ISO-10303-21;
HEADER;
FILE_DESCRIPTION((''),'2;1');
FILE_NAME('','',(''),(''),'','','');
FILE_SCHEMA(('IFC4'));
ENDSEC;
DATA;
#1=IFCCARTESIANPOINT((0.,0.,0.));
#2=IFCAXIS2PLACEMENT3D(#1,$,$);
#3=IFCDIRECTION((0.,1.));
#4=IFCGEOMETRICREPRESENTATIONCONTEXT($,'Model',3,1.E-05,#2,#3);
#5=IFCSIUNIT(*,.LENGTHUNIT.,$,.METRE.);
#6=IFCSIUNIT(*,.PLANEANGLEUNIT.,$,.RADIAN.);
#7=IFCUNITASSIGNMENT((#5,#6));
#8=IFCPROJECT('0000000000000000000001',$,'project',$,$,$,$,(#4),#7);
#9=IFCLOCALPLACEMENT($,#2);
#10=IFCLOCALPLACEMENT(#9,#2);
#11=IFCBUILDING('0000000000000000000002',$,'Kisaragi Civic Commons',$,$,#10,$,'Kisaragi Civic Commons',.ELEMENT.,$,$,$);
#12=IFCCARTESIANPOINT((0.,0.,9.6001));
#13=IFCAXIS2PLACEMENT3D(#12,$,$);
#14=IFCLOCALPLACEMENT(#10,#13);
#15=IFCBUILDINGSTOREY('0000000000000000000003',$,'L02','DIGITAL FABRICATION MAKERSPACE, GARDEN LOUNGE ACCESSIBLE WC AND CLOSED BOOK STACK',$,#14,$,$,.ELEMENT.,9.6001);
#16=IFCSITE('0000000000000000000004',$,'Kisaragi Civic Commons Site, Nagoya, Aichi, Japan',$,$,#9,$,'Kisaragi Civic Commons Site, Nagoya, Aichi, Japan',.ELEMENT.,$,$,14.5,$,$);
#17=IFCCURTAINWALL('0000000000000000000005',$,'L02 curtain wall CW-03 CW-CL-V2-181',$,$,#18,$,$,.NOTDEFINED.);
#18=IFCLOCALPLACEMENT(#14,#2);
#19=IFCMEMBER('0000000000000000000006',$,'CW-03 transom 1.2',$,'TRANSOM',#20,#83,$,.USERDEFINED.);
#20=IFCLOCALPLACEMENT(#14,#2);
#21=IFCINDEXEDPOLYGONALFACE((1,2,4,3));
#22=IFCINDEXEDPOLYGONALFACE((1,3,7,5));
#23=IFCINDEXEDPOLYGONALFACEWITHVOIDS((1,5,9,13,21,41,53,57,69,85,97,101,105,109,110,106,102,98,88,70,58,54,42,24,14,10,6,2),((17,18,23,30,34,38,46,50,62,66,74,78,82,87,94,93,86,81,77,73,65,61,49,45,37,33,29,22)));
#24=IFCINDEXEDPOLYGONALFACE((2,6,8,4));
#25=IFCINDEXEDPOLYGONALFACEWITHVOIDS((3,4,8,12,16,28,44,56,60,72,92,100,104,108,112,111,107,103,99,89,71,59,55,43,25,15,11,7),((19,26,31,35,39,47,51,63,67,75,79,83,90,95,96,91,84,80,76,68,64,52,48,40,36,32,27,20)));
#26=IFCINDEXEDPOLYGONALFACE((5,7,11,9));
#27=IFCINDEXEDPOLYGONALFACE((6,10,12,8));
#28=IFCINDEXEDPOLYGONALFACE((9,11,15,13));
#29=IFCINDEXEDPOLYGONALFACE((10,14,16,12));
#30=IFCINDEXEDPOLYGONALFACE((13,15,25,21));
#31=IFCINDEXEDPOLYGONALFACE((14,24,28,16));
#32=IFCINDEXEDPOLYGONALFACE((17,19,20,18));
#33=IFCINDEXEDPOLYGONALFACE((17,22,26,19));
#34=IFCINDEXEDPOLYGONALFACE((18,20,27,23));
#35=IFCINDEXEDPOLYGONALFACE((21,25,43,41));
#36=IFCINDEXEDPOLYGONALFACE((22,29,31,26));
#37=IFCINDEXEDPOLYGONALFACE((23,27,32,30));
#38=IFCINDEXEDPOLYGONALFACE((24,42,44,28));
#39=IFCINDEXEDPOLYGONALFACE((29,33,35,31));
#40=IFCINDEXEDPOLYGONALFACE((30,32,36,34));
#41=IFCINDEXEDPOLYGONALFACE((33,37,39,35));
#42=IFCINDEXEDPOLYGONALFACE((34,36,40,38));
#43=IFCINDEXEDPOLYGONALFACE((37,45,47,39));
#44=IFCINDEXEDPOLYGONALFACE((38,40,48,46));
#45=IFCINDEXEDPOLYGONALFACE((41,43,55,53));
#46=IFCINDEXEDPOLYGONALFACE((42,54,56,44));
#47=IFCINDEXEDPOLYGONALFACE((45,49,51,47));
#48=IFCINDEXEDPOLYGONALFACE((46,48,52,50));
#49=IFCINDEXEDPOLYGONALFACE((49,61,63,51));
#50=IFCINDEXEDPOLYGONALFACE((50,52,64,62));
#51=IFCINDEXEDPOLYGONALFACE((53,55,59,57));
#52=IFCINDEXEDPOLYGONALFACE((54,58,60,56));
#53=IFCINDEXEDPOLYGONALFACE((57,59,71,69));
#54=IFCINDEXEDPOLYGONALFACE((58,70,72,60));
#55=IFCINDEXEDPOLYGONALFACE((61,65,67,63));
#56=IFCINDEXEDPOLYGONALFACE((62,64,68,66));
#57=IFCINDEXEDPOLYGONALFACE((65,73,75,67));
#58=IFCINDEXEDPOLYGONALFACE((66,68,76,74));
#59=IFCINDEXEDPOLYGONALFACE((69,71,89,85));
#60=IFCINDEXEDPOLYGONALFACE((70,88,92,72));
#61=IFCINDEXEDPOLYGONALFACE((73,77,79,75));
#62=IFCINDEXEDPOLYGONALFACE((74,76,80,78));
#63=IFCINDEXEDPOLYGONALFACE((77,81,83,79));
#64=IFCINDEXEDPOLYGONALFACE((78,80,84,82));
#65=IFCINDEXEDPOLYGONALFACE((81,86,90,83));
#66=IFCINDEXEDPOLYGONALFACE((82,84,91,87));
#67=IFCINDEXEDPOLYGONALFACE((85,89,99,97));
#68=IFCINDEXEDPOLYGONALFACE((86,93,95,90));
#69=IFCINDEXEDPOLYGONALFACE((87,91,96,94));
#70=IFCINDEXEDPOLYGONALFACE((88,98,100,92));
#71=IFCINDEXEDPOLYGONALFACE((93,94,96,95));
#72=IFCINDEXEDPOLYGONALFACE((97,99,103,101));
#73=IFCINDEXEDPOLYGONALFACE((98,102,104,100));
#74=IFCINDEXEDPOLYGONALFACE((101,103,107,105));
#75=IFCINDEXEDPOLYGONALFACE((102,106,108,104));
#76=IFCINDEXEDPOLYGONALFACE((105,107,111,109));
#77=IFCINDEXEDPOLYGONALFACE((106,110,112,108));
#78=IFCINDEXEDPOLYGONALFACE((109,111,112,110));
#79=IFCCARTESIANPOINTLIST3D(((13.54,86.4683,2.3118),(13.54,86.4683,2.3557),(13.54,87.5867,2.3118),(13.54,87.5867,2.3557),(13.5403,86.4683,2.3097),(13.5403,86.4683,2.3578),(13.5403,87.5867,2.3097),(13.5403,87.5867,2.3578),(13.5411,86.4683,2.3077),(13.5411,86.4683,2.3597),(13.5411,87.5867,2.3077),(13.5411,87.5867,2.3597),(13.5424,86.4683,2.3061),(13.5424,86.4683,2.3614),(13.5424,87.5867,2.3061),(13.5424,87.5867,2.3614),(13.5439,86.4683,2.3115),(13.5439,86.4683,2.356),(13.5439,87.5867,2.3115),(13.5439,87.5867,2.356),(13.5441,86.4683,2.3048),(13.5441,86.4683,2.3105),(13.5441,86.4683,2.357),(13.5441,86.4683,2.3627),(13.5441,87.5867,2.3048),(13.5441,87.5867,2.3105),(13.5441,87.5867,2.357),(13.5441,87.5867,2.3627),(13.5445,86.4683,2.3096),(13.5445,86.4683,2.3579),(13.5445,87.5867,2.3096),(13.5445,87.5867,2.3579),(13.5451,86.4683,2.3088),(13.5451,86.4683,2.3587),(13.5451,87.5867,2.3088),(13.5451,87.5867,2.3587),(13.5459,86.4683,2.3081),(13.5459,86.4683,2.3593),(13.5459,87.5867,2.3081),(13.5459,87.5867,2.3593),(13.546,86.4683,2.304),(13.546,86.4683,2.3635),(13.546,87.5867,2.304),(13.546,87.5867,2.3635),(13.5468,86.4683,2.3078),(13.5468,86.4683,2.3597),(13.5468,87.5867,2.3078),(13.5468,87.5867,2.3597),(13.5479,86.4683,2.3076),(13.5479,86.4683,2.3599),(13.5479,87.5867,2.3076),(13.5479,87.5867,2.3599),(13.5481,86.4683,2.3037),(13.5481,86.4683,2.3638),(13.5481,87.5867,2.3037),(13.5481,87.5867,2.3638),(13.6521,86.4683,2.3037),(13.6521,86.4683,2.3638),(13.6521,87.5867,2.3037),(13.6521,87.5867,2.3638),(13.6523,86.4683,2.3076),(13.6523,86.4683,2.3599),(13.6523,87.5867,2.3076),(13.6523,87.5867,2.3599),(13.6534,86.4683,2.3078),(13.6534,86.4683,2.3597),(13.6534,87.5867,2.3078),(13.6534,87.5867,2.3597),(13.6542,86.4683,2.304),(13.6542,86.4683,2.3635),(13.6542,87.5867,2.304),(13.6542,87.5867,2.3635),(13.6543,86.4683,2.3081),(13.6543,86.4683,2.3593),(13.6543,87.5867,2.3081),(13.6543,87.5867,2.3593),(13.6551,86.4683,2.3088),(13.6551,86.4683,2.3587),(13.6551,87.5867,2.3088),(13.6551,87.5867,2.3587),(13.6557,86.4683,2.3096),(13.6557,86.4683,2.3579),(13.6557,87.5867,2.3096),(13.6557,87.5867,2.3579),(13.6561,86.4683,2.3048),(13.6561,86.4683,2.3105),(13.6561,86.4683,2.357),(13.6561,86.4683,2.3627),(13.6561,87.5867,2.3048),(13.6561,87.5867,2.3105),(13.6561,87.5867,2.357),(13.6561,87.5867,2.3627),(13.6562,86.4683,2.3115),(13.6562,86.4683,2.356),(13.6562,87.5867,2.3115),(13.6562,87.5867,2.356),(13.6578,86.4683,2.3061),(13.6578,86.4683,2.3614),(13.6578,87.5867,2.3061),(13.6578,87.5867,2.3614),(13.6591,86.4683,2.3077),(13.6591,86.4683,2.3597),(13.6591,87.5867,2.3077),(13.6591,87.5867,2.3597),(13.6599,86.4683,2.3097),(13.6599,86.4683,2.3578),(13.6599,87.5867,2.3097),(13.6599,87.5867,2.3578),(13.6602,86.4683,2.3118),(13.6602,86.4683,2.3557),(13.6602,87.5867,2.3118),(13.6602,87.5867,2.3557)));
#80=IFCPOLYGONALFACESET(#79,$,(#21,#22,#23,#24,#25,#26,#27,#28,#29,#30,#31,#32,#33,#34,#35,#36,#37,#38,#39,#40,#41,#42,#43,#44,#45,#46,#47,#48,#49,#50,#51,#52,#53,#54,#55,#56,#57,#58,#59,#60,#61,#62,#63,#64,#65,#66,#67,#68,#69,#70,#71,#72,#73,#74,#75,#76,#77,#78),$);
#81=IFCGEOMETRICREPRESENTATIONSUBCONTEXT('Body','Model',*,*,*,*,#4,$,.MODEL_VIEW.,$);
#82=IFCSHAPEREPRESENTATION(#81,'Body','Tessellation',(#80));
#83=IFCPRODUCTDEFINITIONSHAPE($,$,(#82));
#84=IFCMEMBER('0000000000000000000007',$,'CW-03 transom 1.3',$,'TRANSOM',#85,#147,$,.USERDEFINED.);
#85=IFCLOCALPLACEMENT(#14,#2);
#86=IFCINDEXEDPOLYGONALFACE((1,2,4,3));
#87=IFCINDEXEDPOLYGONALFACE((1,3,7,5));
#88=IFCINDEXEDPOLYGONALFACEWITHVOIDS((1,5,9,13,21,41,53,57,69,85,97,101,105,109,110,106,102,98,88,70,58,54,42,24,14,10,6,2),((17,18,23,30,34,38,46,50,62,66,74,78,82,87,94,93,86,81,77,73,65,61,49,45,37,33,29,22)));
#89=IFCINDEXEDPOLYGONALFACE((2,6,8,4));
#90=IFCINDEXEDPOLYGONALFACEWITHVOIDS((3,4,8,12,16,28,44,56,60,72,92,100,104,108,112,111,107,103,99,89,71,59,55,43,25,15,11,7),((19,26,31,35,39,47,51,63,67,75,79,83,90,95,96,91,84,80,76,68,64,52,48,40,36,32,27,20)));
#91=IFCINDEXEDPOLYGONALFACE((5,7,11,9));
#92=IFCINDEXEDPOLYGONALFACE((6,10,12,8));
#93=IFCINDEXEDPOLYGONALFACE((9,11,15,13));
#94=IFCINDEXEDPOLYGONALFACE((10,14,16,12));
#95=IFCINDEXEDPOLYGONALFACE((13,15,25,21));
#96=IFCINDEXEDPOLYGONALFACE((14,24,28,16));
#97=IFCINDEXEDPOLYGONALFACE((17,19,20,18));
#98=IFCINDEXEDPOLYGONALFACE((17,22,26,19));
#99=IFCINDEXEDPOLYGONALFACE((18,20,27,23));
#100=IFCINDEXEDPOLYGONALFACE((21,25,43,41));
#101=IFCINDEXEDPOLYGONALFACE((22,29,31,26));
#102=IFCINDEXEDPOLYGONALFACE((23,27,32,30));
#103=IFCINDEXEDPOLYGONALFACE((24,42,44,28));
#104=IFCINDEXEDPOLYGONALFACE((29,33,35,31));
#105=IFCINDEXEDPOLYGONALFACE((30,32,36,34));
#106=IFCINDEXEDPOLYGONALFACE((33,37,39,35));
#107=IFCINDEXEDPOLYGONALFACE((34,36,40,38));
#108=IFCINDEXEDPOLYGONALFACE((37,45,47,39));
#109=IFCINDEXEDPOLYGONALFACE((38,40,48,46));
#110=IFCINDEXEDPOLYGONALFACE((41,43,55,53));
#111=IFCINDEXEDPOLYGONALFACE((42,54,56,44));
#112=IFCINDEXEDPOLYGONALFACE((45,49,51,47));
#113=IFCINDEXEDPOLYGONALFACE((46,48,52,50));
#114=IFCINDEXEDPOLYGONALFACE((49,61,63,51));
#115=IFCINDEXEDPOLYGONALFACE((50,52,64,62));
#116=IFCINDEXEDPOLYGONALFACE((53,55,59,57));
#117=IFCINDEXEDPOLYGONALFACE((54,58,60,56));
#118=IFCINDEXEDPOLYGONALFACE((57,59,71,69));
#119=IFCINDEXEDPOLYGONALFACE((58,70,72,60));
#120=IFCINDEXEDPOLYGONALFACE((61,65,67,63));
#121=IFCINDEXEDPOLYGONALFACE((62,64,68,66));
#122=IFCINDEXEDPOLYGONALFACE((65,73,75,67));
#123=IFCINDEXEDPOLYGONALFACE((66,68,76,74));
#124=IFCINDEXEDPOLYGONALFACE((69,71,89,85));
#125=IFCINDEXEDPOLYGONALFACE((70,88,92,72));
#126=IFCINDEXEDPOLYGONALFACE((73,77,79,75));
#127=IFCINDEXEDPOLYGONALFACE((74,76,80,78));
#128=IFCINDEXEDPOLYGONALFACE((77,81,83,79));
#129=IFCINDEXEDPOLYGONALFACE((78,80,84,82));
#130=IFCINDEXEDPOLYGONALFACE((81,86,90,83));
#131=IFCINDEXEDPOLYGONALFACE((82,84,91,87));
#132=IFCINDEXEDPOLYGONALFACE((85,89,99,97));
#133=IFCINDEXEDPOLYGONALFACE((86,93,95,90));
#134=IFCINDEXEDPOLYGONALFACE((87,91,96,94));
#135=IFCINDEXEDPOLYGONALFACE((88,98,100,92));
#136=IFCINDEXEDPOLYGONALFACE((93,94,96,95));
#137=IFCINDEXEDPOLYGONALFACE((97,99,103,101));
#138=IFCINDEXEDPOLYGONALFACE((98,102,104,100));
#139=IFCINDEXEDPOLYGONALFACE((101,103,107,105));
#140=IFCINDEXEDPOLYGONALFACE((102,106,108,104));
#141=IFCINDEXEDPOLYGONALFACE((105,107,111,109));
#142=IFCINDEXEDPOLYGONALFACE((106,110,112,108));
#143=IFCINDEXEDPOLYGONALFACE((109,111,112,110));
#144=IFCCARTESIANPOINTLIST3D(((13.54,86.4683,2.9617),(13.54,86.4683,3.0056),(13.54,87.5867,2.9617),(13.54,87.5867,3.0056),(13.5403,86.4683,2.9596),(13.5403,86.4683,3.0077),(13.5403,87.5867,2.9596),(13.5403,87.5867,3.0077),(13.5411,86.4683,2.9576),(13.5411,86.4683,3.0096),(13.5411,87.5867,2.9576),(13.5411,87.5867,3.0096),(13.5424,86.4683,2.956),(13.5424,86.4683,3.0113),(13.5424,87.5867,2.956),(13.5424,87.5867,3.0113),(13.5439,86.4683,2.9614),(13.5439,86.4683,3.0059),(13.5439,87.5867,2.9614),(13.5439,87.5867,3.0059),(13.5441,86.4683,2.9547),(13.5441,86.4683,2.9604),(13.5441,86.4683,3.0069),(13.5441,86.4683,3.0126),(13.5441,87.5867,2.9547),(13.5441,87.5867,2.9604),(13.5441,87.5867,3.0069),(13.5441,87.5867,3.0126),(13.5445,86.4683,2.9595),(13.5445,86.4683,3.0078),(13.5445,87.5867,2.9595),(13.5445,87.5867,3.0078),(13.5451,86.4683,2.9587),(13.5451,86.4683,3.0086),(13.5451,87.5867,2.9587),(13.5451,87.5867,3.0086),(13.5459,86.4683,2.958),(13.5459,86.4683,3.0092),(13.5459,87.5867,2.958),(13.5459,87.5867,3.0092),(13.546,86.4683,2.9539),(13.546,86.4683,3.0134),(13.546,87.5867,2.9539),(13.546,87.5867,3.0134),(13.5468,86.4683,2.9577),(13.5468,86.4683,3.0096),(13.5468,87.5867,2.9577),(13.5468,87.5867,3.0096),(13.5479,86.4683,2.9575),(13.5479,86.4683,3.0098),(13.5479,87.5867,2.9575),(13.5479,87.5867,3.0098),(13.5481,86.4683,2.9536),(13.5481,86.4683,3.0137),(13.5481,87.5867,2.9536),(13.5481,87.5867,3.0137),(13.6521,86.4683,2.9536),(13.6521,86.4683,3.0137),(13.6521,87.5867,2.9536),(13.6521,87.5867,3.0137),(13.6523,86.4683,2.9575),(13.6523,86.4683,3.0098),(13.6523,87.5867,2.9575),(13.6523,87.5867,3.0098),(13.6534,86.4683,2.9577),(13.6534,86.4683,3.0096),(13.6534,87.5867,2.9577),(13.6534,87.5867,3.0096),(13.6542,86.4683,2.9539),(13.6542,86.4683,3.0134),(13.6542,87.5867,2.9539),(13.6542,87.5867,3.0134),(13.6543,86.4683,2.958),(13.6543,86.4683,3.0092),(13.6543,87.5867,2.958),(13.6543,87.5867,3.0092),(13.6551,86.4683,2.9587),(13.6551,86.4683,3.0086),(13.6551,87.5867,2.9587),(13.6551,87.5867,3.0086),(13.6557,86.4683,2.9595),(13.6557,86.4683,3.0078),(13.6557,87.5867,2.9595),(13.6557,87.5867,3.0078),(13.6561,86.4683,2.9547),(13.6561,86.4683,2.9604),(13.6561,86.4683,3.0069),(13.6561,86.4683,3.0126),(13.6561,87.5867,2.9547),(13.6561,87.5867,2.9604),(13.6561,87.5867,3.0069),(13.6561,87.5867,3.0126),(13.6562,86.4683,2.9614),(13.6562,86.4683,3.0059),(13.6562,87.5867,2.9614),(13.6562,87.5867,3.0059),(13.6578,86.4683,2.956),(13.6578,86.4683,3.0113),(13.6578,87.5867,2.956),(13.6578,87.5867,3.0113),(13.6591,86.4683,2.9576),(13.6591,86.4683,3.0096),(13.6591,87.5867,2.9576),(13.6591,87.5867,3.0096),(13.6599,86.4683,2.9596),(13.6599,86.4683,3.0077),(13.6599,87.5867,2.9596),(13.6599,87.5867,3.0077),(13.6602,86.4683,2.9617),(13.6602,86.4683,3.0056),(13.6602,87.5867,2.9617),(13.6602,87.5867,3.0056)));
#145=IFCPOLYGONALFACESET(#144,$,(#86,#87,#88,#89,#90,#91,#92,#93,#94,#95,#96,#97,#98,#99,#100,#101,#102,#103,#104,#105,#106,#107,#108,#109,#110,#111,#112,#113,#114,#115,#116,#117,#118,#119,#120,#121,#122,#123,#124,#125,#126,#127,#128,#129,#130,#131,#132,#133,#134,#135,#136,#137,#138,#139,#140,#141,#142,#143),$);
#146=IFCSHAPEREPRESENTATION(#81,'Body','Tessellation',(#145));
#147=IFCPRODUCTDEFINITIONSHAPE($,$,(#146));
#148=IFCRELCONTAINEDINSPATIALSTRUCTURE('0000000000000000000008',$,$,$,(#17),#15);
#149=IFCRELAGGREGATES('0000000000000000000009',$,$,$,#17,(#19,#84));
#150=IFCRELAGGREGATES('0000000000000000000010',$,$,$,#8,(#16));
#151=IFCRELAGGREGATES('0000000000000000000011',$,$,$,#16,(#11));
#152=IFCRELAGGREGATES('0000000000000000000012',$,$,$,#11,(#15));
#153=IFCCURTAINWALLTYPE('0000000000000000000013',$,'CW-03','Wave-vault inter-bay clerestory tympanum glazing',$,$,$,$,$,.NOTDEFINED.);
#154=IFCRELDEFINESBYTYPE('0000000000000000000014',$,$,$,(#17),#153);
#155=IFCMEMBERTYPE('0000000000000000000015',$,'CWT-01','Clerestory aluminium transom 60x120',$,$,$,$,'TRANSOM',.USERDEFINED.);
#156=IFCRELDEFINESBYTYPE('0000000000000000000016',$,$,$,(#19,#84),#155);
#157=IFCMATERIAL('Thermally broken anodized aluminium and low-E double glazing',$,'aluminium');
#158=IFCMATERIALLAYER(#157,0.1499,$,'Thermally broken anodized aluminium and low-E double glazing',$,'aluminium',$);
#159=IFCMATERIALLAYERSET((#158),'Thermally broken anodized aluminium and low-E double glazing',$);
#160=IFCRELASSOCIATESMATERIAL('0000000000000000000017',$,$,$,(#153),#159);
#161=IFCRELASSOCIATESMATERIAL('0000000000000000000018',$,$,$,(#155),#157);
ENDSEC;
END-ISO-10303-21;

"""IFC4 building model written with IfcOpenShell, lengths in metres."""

from ifc_helpers import new_model, si_unit, direction, frame, origin, origin_2d, place, context, subcontext, project, spatial, hollow_rectangle, extrude, material, layer, layer_set, material_profile, profile_set, type_object, element, aggregate, save


model = new_model("IFC4")

# Units and contexts
model_context = context("Model", 3, precision=1e-05, world=origin(), true_north=direction((0.0, 1.0)))
body_context = subcontext(model_context, "Body", "Model", "MODEL_VIEW")
ifc_project = project(units=[si_unit("LENGTHUNIT", "METRE"), si_unit("PLANEANGLEUNIT", "RADIAN")], contexts=[model_context])

# Site, building, storey
site_placement = place(None, origin())
site = spatial("IfcSite", under=ifc_project, at=site_placement, Name="Kisaragi Civic Commons Site, Nagoya, Aichi, Japan", LongName="Kisaragi Civic Commons Site, Nagoya, Aichi, Japan", CompositionType="ELEMENT", RefElevation=14.5)
building_placement = place(site_placement, origin())
building = spatial("IfcBuilding", under=site, at=building_placement, Name="Kisaragi Civic Commons", LongName="Kisaragi Civic Commons", CompositionType="ELEMENT")
storey_placement = place(building_placement, frame((0.0, 0.0, 9.6001)))
storey = spatial("IfcBuildingStorey", under=building, at=storey_placement, Name="L02", Description="DIGITAL FABRICATION MAKERSPACE, GARDEN LOUNGE ACCESSIBLE WC AND CLOSED BOOK STACK", CompositionType="ELEMENT", Elevation=9.6001)

# Curtain wall
ifc_material_1 = material(Name="Thermally broken anodized aluminium and low-E double glazing", Category="aluminium")
ifc_layer_1 = layer(ifc_material_1, 0.1499, Name="Thermally broken anodized aluminium and low-E double glazing", Category="aluminium")
ifc_layer_set_1 = layer_set([ifc_layer_1], Name="Thermally broken anodized aluminium and low-E double glazing")
curtain_wall_type = type_object("IfcCurtainWallType", Name="CW-03", Description="Wave-vault inter-bay clerestory tympanum glazing", PredefinedType="NOTDEFINED", material=ifc_layer_set_1)
curtain_wall_1_placement = place(storey_placement, origin())
curtain_wall_1 = element("IfcCurtainWall", 1, at=curtain_wall_1_placement, inside=storey, type_object=curtain_wall_type, Name="L02 curtain wall CW-03 CW-CL-V2-181", PredefinedType="NOTDEFINED")

# Members
ifc_material_profile_1 = material_profile(ifc_material_1, hollow_rectangle(XDim=0.1201, YDim=0.0601, WallThickness=0.0039, InnerFilletRadius=0.0039, OuterFilletRadius=0.0081, at=origin_2d()), Name="CWT-60x120x4", Category="aluminium")
ifc_profile_set_1 = profile_set([ifc_material_profile_1], Name="Thermally broken anodized aluminium and low-E double glazing")
member_type_1 = type_object("IfcMemberType", Name="CWT-01", Description="Clerestory aluminium transom 60x120", ElementType="TRANSOM", PredefinedType="USERDEFINED", material=ifc_profile_set_1)
member_1_placement = place(storey_placement, frame((13.6001, 86.4683, 2.3337), z_axis=(0.0, 1.0, 0.0), x_axis=(-1.0, 0.0, 0.0)))
member_1 = element("IfcMember", 2, at=member_1_placement, type_object=member_type_1, Name="CW-03 transom 1.2", ObjectType="TRANSOM", PredefinedType="USERDEFINED", context=body_context, shape_type="SweptSolid", body=[
    extrude(hollow_rectangle(XDim=0.1201, YDim=0.0601, WallThickness=0.0039, InnerFilletRadius=0.0039, OuterFilletRadius=0.0081, at=origin_2d()), origin(), (0.0, 0.0, 1.0), 1.1184),
])
member_2_placement = place(storey_placement, frame((13.6001, 86.4683, 2.9836), z_axis=(0.0, 1.0, 0.0), x_axis=(-1.0, 0.0, 0.0)))
member_2 = element("IfcMember", 3, at=member_2_placement, type_object=member_type_1, Name="CW-03 transom 1.3", ObjectType="TRANSOM", PredefinedType="USERDEFINED", context=body_context, shape_type="SweptSolid", body=[
    extrude(hollow_rectangle(XDim=0.1201, YDim=0.0601, WallThickness=0.0039, InnerFilletRadius=0.0039, OuterFilletRadius=0.0081, at=origin_2d()), origin(), (0.0, 0.0, 1.0), 1.1184),
])

aggregate(curtain_wall_1, [member_1, member_2])

save(model, "model.ifc")
